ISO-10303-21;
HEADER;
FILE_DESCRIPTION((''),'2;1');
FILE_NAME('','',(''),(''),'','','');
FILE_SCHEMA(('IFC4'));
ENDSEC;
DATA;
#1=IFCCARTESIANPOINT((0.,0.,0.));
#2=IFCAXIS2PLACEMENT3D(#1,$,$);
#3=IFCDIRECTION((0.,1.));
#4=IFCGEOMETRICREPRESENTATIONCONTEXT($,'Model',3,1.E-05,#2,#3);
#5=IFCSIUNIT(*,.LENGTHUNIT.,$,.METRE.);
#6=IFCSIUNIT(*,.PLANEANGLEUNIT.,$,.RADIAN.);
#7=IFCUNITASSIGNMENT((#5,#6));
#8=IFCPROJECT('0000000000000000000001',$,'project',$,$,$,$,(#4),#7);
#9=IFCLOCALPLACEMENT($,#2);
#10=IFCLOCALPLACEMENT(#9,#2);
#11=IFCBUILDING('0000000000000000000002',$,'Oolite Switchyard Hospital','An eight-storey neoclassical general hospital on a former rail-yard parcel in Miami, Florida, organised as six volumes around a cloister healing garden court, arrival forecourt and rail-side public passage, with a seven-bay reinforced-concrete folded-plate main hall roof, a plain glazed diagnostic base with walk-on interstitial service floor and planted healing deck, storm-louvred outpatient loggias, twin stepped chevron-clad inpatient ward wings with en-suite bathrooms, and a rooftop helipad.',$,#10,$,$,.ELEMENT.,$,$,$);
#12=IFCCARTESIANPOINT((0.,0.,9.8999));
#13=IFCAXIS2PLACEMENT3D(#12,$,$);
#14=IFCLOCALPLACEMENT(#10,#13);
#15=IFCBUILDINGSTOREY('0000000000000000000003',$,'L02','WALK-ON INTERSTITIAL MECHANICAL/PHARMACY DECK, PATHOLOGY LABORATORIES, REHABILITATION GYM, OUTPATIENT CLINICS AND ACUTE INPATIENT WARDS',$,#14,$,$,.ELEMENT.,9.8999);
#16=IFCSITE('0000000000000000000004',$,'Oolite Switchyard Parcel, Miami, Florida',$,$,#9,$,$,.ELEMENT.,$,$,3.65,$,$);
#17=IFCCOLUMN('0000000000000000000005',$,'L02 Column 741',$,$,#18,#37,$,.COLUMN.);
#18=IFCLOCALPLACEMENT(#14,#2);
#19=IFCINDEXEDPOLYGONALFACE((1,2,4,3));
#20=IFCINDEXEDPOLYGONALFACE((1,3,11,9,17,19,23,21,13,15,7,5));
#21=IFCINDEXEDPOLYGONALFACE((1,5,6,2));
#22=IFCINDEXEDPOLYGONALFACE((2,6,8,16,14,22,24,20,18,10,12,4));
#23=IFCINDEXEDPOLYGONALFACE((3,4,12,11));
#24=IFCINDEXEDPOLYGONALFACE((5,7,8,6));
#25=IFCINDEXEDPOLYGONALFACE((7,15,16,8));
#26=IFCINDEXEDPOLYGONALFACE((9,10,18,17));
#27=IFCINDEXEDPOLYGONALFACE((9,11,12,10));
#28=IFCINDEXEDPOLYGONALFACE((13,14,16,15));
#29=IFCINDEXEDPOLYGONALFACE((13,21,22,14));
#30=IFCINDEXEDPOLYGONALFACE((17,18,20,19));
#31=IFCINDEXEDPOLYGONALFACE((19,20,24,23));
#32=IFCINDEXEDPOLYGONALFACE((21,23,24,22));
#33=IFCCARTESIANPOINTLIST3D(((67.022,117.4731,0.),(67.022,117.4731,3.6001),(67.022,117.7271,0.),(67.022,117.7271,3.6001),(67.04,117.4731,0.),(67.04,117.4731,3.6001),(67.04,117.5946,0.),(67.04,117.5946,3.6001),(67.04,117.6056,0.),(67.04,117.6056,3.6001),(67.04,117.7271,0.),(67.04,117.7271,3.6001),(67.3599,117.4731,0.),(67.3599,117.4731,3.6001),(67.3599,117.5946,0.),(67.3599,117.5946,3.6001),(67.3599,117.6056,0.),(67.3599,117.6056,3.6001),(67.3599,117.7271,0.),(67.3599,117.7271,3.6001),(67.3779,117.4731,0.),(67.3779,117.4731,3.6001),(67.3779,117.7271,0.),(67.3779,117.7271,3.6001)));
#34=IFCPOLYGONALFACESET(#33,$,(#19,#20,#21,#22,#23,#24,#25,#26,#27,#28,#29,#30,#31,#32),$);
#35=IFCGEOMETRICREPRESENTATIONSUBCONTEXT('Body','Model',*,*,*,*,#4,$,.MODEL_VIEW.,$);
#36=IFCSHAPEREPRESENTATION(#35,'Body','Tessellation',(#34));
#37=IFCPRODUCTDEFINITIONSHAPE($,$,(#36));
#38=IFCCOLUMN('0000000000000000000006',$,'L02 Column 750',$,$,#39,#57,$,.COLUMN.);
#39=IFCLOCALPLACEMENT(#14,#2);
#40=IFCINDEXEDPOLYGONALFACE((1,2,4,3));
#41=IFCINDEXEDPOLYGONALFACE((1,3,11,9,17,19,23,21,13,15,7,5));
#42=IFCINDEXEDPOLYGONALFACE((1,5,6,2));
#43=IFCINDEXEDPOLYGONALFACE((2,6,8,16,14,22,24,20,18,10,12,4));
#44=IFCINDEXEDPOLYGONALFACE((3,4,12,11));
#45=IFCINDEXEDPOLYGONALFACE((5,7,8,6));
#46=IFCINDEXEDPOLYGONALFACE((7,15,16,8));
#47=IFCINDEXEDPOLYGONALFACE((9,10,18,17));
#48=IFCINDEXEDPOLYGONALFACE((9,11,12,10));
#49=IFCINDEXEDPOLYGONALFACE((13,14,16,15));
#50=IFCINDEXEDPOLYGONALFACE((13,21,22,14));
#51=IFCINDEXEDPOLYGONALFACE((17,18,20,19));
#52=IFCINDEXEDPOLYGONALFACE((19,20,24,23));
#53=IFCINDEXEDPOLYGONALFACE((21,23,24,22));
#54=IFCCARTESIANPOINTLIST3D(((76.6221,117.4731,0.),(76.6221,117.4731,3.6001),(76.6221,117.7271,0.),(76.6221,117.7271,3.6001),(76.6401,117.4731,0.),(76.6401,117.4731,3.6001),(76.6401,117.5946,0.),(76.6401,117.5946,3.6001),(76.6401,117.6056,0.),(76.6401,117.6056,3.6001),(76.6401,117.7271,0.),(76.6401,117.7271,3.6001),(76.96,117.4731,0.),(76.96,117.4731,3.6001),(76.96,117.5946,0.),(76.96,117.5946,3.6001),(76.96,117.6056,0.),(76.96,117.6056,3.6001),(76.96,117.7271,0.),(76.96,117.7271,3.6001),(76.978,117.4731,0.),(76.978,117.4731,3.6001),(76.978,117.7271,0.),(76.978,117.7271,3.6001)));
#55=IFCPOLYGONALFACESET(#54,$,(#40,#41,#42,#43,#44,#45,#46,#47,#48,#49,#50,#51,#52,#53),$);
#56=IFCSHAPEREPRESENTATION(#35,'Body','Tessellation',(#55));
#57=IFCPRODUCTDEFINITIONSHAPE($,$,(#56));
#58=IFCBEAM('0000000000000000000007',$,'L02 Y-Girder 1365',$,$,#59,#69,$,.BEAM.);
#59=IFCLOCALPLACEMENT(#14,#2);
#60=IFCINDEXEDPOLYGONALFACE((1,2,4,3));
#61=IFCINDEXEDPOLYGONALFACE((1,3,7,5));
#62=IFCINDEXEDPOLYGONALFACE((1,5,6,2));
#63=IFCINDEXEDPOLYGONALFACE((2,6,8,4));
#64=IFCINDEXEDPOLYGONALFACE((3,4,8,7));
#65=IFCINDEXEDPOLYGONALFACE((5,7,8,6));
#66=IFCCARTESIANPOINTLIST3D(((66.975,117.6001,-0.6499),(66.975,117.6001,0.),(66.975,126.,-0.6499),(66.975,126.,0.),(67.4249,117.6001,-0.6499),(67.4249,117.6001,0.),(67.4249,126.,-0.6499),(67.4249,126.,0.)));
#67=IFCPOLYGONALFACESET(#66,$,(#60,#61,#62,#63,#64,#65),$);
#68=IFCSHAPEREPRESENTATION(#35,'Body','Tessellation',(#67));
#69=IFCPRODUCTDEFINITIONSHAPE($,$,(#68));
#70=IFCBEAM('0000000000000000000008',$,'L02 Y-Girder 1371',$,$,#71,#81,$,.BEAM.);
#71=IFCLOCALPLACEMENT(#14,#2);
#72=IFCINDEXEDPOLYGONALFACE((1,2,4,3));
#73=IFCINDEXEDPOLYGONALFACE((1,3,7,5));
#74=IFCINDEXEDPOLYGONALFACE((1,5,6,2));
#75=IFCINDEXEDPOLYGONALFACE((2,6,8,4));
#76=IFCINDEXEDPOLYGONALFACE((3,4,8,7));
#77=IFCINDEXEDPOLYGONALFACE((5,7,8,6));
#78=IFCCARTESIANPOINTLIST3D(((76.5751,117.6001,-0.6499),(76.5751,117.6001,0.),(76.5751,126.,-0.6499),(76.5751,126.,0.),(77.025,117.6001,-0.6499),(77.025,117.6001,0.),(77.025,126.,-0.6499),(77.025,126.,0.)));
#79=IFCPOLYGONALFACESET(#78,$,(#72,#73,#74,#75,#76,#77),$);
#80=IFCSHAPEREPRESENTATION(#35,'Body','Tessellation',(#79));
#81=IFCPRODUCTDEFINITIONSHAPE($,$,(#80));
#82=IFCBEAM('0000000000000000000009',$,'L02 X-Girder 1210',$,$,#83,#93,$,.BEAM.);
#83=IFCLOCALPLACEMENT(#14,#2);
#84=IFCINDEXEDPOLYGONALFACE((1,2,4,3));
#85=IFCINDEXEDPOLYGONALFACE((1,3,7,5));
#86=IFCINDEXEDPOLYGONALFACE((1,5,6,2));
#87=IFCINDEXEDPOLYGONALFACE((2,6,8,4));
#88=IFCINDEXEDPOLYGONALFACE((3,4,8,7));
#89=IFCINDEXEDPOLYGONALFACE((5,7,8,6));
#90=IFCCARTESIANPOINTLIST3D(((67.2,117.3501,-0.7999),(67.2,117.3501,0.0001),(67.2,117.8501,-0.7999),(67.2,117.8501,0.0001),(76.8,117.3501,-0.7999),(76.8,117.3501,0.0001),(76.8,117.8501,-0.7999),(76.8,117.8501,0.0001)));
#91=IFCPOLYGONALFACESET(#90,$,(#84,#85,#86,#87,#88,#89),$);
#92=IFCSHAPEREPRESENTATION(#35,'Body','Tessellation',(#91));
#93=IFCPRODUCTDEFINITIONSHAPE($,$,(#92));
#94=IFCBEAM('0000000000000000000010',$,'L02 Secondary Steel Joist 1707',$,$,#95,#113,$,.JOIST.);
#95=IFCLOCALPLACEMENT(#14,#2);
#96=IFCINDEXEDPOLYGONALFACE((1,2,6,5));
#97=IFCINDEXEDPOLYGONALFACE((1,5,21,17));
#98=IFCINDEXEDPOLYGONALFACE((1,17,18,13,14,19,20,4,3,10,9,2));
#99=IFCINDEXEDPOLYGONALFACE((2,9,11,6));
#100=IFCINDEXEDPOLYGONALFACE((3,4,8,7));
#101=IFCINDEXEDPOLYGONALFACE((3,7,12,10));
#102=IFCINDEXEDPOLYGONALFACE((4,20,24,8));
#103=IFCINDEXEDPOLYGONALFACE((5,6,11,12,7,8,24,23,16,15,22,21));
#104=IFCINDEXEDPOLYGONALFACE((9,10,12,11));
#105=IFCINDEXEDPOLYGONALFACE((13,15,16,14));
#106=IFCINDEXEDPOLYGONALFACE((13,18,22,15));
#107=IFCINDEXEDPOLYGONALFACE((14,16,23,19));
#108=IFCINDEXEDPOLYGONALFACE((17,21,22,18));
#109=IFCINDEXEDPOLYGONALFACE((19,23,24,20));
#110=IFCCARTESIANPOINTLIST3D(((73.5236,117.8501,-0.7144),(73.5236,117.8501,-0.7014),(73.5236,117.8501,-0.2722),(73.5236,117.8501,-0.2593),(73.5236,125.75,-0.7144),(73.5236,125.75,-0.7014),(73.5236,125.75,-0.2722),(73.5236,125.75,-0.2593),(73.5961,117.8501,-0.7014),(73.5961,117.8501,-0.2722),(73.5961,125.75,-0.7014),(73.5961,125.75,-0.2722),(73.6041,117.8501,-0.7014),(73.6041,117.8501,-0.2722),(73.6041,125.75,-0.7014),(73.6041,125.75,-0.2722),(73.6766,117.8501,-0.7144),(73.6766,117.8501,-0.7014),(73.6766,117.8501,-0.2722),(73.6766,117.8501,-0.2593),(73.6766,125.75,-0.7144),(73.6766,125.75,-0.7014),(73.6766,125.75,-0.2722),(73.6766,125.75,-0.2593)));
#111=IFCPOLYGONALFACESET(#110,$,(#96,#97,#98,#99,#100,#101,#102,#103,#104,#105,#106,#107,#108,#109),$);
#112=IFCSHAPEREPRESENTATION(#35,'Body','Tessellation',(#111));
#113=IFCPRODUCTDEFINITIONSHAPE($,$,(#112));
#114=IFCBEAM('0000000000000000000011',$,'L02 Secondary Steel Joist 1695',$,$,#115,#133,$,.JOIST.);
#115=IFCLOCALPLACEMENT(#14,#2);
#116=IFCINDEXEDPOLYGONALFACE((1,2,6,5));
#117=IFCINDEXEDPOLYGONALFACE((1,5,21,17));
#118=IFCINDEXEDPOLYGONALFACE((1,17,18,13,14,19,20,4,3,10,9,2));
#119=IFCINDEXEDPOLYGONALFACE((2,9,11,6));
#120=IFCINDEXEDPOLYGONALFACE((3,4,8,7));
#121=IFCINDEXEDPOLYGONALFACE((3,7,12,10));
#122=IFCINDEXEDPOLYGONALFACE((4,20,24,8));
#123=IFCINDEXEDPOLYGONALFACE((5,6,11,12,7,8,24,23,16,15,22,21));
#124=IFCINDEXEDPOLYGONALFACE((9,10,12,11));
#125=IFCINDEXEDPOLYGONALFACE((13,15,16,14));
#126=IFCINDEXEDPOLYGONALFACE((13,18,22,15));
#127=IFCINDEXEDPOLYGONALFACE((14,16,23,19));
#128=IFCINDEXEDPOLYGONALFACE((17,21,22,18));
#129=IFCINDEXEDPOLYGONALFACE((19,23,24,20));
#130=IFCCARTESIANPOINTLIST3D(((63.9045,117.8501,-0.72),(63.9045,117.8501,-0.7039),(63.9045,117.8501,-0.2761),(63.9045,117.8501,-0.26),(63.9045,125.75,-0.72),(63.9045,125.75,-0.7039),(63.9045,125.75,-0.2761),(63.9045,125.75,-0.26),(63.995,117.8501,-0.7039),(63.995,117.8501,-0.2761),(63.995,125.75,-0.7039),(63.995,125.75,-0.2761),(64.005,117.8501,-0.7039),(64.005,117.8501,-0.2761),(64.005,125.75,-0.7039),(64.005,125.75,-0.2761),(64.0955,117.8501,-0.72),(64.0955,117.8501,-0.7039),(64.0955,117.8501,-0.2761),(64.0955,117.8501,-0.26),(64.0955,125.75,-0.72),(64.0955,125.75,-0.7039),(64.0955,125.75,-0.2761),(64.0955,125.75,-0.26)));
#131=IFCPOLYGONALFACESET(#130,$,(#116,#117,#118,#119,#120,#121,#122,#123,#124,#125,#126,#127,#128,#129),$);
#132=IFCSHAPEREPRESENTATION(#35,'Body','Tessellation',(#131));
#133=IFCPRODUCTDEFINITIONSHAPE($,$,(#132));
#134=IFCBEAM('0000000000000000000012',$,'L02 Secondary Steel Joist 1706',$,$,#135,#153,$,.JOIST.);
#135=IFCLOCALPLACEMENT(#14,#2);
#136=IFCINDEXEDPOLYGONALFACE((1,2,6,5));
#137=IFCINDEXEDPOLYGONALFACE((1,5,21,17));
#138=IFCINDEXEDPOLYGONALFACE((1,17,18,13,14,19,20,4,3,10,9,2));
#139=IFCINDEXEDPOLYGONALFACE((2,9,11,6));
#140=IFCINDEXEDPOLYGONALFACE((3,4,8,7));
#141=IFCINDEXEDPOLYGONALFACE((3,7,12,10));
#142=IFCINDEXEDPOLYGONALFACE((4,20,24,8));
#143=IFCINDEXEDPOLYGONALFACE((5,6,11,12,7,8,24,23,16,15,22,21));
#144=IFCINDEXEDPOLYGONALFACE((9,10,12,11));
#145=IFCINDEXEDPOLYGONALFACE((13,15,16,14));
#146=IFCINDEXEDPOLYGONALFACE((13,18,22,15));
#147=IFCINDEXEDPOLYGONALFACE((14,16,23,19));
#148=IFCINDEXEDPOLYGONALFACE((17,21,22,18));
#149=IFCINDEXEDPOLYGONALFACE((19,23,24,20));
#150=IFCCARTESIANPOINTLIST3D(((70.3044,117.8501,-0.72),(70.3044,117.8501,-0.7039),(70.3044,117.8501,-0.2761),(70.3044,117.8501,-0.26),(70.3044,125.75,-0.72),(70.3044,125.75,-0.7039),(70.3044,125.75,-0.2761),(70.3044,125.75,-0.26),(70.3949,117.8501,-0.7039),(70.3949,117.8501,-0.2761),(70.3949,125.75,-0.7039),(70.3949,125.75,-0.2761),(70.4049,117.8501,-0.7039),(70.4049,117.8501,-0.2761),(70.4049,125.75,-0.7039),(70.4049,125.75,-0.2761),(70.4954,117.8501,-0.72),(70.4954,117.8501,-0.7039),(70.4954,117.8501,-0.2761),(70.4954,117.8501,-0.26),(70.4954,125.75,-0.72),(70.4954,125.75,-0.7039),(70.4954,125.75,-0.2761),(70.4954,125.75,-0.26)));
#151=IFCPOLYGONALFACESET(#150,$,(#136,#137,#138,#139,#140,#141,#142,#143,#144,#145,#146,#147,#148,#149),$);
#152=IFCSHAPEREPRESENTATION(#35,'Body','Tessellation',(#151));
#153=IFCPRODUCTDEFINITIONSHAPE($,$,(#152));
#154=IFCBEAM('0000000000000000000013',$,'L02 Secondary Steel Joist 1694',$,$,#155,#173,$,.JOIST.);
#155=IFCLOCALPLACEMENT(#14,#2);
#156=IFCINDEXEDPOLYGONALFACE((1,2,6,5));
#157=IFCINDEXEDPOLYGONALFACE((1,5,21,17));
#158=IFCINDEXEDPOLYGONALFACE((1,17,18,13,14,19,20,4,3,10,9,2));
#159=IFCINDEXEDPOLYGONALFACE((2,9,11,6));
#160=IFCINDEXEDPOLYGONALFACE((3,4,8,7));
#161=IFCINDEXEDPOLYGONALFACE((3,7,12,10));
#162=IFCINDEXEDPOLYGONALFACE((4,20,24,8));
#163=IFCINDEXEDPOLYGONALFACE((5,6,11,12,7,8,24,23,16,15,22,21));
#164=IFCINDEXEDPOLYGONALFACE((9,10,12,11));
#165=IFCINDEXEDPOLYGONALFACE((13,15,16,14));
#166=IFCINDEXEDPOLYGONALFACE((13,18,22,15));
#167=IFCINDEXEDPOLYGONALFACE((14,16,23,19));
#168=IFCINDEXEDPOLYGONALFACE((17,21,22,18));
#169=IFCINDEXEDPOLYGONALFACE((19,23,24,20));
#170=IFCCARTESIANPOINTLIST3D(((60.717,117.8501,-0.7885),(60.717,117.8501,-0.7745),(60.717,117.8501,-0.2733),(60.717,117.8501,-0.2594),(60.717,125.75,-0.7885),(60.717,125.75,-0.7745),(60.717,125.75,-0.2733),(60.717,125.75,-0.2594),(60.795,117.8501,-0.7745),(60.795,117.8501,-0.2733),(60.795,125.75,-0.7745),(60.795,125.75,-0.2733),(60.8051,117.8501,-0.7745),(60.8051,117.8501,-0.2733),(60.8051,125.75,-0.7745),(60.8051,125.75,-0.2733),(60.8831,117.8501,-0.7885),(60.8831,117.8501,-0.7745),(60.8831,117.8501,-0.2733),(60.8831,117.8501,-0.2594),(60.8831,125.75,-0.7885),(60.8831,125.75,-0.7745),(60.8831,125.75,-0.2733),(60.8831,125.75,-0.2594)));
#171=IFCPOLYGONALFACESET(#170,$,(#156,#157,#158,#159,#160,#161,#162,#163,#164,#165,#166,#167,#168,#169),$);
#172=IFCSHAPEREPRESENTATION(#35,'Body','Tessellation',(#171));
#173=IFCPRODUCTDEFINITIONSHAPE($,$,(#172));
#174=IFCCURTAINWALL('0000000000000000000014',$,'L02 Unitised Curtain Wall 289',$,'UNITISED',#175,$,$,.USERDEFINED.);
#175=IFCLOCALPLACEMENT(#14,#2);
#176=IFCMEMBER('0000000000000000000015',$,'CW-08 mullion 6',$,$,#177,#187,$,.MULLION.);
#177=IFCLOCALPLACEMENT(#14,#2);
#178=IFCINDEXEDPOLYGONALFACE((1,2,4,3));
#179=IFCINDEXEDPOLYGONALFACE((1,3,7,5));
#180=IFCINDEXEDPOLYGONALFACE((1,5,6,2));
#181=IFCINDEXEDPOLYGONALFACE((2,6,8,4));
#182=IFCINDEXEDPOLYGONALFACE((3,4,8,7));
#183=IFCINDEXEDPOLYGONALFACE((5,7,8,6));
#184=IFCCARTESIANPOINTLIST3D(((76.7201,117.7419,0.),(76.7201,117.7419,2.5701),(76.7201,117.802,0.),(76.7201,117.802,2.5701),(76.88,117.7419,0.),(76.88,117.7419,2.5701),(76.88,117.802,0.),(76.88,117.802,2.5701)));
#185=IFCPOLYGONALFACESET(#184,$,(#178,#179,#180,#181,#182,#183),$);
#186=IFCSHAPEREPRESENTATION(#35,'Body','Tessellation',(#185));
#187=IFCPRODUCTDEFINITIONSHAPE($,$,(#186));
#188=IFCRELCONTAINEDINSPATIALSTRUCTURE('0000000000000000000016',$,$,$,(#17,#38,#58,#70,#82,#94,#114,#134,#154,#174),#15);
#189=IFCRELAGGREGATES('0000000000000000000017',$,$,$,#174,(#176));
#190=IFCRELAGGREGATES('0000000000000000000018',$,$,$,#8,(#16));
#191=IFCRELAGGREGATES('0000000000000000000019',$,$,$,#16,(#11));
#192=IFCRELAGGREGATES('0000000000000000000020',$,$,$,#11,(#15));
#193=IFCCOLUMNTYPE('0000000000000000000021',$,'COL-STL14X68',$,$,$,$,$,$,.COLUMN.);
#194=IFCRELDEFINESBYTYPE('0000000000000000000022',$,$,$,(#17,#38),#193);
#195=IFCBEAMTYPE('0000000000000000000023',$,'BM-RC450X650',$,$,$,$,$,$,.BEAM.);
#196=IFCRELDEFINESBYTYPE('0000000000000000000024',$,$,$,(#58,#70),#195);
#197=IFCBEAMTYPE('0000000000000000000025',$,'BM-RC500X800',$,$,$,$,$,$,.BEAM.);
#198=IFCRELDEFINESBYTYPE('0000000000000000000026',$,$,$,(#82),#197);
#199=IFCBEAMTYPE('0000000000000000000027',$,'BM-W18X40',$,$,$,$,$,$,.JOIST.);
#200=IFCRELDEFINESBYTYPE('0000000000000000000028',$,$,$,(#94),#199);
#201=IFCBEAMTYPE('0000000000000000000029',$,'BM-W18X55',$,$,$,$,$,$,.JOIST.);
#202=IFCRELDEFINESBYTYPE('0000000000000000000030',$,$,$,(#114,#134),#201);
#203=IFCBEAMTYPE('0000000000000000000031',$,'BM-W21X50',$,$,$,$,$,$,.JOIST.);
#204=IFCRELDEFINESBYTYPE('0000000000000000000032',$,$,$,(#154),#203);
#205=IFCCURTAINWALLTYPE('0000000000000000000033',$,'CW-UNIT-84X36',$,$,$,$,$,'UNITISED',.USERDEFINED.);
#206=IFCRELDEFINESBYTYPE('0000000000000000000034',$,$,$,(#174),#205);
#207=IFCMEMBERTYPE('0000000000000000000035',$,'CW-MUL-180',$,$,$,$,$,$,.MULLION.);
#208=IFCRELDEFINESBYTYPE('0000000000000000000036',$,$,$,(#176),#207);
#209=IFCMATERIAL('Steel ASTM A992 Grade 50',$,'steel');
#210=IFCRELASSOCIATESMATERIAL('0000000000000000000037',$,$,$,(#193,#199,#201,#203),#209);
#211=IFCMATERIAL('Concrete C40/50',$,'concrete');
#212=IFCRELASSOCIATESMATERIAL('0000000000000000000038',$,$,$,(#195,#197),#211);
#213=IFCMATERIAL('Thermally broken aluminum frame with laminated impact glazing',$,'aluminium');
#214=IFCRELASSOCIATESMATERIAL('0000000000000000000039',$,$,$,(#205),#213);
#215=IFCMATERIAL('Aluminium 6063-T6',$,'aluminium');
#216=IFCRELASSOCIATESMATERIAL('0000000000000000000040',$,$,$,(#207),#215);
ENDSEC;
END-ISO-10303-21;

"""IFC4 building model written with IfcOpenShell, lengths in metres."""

from ifc_helpers import new_model, si_unit, direction, frame, origin, origin_2d, place, context, subcontext, project, spatial, rectangle, i_section, extrude, material, material_profile, profile_set, type_object, element, aggregate, save


model = new_model("IFC4")

# Units and contexts
model_context = context("Model", 3, precision=1e-05, world=origin(), true_north=direction((0.0, 1.0)))
body_context = subcontext(model_context, "Body", "Model", "MODEL_VIEW")
ifc_project = project(units=[si_unit("LENGTHUNIT", "METRE"), si_unit("PLANEANGLEUNIT", "RADIAN")], contexts=[model_context])

# Site, building, storey
site_placement = place(None, origin())
site = spatial("IfcSite", under=ifc_project, at=site_placement, Name="Oolite Switchyard Parcel, Miami, Florida", CompositionType="ELEMENT", RefElevation=3.65)
building_placement = place(site_placement, origin())
building = spatial("IfcBuilding", under=site, at=building_placement, Name="Oolite Switchyard Hospital", Description="An eight-storey neoclassical general hospital on a former rail-yard parcel in Miami, Florida, organised as six volumes around a cloister healing garden court, arrival forecourt and rail-side public passage, with a seven-bay reinforced-concrete folded-plate main hall roof, a plain glazed diagnostic base with walk-on interstitial service floor and planted healing deck, storm-louvred outpatient loggias, twin stepped chevron-clad inpatient ward wings with en-suite bathrooms, and a rooftop helipad.", CompositionType="ELEMENT")
storey_placement = place(building_placement, frame((0.0, 0.0, 9.8999)))
storey = spatial("IfcBuildingStorey", under=building, at=storey_placement, Name="L02", Description="WALK-ON INTERSTITIAL MECHANICAL/PHARMACY DECK, PATHOLOGY LABORATORIES, REHABILITATION GYM, OUTPATIENT CLINICS AND ACUTE INPATIENT WARDS", CompositionType="ELEMENT", Elevation=9.8999)

# Columns
ifc_material_1 = material(Name="Steel ASTM A992 Grade 50", Category="steel")
ifc_material_profile_1 = material_profile(ifc_material_1, i_section(OverallWidth=0.2539, OverallDepth=0.356, WebThickness=0.011, FlangeThickness=0.0181, at=origin_2d()), Name="W14X68")
ifc_profile_set_1 = profile_set([ifc_material_profile_1], Name="Steel ASTM A992 Grade 50")
column_type = type_object("IfcColumnType", Name="COL-STL14X68", PredefinedType="COLUMN", material=ifc_profile_set_1)
for number, where, z_axis, x_axis, name in (
    (1, (67.2, 117.6001, 0.0), (0.0, 0.0, 1.0), (0.0, -1.0, 0.0), "L02 Column 741"),
    (2, (76.8, 117.6001, 0.0), (0.0, 0.0, 1.0), (0.0, -1.0, 0.0), "L02 Column 750"),
):
    element("IfcColumn", number, at=place(storey_placement, frame(where, z_axis=z_axis, x_axis=x_axis)), inside=storey, type_object=column_type, Name=name, PredefinedType="COLUMN", context=body_context, shape_type="SweptSolid", body=[
        extrude(i_section(OverallWidth=0.2539, OverallDepth=0.356, WebThickness=0.011, FlangeThickness=0.0181, at=origin_2d()), origin(), (0.0, 0.0, 1.0), 3.6001),
    ])

# Beams
ifc_material_2 = material(Name="Concrete C40/50", Category="concrete")
ifc_material_profile_2 = material_profile(ifc_material_2, rectangle(XDim=0.45, YDim=0.6499, at=origin_2d()), Name="RCB450X650")
ifc_profile_set_2 = profile_set([ifc_material_profile_2], Name="Concrete C40/50")
beam_type_1 = type_object("IfcBeamType", Name="BM-RC450X650", PredefinedType="BEAM", material=ifc_profile_set_2)
for number, where, z_axis, x_axis, name in (
    (3, (67.2, 117.6001, -0.325), (0.0, 1.0, 0.0), (-1.0, 0.0, 0.0), "L02 Y-Girder 1365"),
    (4, (76.8, 117.6001, -0.325), (0.0, 1.0, 0.0), (-1.0, 0.0, 0.0), "L02 Y-Girder 1371"),
):
    element("IfcBeam", number, at=place(storey_placement, frame(where, z_axis=z_axis, x_axis=x_axis)), inside=storey, type_object=beam_type_1, Name=name, PredefinedType="BEAM", context=body_context, shape_type="SweptSolid", body=[
        extrude(rectangle(XDim=0.45, YDim=0.6499, at=origin_2d()), origin(), (0.0, 0.0, 1.0), 8.3999),
    ])
ifc_material_profile_3 = material_profile(ifc_material_2, rectangle(XDim=0.5, YDim=0.8, at=origin_2d()), Name="RCB500X800")
ifc_profile_set_3 = profile_set([ifc_material_profile_3], Name="Concrete C40/50")
beam_type_2 = type_object("IfcBeamType", Name="BM-RC500X800", PredefinedType="BEAM", material=ifc_profile_set_3)
beam_1_placement = place(storey_placement, frame((67.2, 117.6001, -0.3999), z_axis=(1.0, 0.0, 0.0), x_axis=(0.0, 1.0, 0.0)))
element("IfcBeam", 5, at=beam_1_placement, inside=storey, type_object=beam_type_2, Name="L02 X-Girder 1210", PredefinedType="BEAM", context=body_context, shape_type="SweptSolid", body=[
    extrude(rectangle(XDim=0.5, YDim=0.8, at=origin_2d()), origin(), (0.0, 0.0, 1.0), 9.6001),
])
ifc_material_profile_4 = material_profile(ifc_material_1, i_section(OverallWidth=0.1531, OverallDepth=0.4551, WebThickness=0.0081, FlangeThickness=0.0129, at=origin_2d()), Name="W18X40")
ifc_profile_set_4 = profile_set([ifc_material_profile_4], Name="Steel ASTM A992 Grade 50")
beam_type_3 = type_object("IfcBeamType", Name="BM-W18X40", PredefinedType="JOIST", material=ifc_profile_set_4)
beam_2_placement = place(storey_placement, frame((73.6001, 117.8501, -0.4868), z_axis=(0.0, 1.0, 0.0), x_axis=(-1.0, 0.0, 0.0)))
element("IfcBeam", 6, at=beam_2_placement, inside=storey, type_object=beam_type_3, Name="L02 Secondary Steel Joist 1707", PredefinedType="JOIST", context=body_context, shape_type="SweptSolid", body=[
    extrude(i_section(OverallWidth=0.1531, OverallDepth=0.4551, WebThickness=0.0081, FlangeThickness=0.0129, at=origin_2d()), origin(), (0.0, 0.0, 1.0), 7.8999),
])
ifc_material_profile_5 = material_profile(ifc_material_1, i_section(OverallWidth=0.1909, OverallDepth=0.46, WebThickness=0.01, FlangeThickness=0.0161, at=origin_2d()), Name="W18X55")
ifc_profile_set_5 = profile_set([ifc_material_profile_5], Name="Steel ASTM A992 Grade 50")
beam_type_4 = type_object("IfcBeamType", Name="BM-W18X55", PredefinedType="JOIST", material=ifc_profile_set_5)
for number, where, z_axis, x_axis, name in (
    (7, (64.0, 117.8501, -0.49), (0.0, 1.0, 0.0), (-1.0, 0.0, 0.0), "L02 Secondary Steel Joist 1695"),
    (8, (70.3999, 117.8501, -0.49), (0.0, 1.0, 0.0), (-1.0, 0.0, 0.0), "L02 Secondary Steel Joist 1706"),
):
    element("IfcBeam", number, at=place(storey_placement, frame(where, z_axis=z_axis, x_axis=x_axis)), inside=storey, type_object=beam_type_4, Name=name, PredefinedType="JOIST", context=body_context, shape_type="SweptSolid", body=[
        extrude(i_section(OverallWidth=0.1909, OverallDepth=0.46, WebThickness=0.01, FlangeThickness=0.0161, at=origin_2d()), origin(), (0.0, 0.0, 1.0), 7.8999),
    ])
ifc_material_profile_6 = material_profile(ifc_material_1, i_section(OverallWidth=0.166, OverallDepth=0.5291, WebThickness=0.01, FlangeThickness=0.0139, at=origin_2d()), Name="W21X50")
ifc_profile_set_6 = profile_set([ifc_material_profile_6], Name="Steel ASTM A992 Grade 50")
beam_type_5 = type_object("IfcBeamType", Name="BM-W21X50", PredefinedType="JOIST", material=ifc_profile_set_6)
beam_3_placement = place(storey_placement, frame((60.8, 117.8501, -0.5239), z_axis=(0.0, 1.0, 0.0), x_axis=(-1.0, 0.0, 0.0)))
element("IfcBeam", 9, at=beam_3_placement, inside=storey, type_object=beam_type_5, Name="L02 Secondary Steel Joist 1694", PredefinedType="JOIST", context=body_context, shape_type="SweptSolid", body=[
    extrude(i_section(OverallWidth=0.166, OverallDepth=0.5291, WebThickness=0.01, FlangeThickness=0.0139, at=origin_2d()), origin(), (0.0, 0.0, 1.0), 7.8999),
])

# Curtain wall, member
ifc_material_3 = material(Name="Thermally broken aluminum frame with laminated impact glazing", Category="aluminium")
curtain_wall_type = type_object("IfcCurtainWallType", Name="CW-UNIT-84X36", ElementType="UNITISED", PredefinedType="USERDEFINED", material=ifc_material_3)
curtain_wall_1_placement = place(storey_placement, origin())
curtain_wall_1 = element("IfcCurtainWall", 10, at=curtain_wall_1_placement, inside=storey, type_object=curtain_wall_type, Name="L02 Unitised Curtain Wall 289", ObjectType="UNITISED", PredefinedType="USERDEFINED")
ifc_material_4 = material(Name="Aluminium 6063-T6", Category="aluminium")
ifc_material_profile_7 = material_profile(ifc_material_4, rectangle(XDim=0.1599, YDim=0.0601, at=origin_2d()), Name="CWM60X160")
ifc_profile_set_7 = profile_set([ifc_material_profile_7], Name="Aluminium 6063-T6")
member_type_1 = type_object("IfcMemberType", Name="CW-MUL-180", PredefinedType="MULLION", material=ifc_profile_set_7)
member_1_placement = place(storey_placement, frame((76.8, 117.772, 0.0), z_axis=(0.0, 0.0, 1.0), x_axis=(1.0, 0.0, 0.0)))
member_1 = element("IfcMember", 11, at=member_1_placement, type_object=member_type_1, Name="CW-08 mullion 6", PredefinedType="MULLION", context=body_context, shape_type="SweptSolid", body=[
    extrude(rectangle(XDim=0.1599, YDim=0.0601, at=origin_2d()), origin(), (0.0, 0.0, 1.0), 2.5701),
])
aggregate(curtain_wall_1, [member_1])

save(model, "model.ifc")
